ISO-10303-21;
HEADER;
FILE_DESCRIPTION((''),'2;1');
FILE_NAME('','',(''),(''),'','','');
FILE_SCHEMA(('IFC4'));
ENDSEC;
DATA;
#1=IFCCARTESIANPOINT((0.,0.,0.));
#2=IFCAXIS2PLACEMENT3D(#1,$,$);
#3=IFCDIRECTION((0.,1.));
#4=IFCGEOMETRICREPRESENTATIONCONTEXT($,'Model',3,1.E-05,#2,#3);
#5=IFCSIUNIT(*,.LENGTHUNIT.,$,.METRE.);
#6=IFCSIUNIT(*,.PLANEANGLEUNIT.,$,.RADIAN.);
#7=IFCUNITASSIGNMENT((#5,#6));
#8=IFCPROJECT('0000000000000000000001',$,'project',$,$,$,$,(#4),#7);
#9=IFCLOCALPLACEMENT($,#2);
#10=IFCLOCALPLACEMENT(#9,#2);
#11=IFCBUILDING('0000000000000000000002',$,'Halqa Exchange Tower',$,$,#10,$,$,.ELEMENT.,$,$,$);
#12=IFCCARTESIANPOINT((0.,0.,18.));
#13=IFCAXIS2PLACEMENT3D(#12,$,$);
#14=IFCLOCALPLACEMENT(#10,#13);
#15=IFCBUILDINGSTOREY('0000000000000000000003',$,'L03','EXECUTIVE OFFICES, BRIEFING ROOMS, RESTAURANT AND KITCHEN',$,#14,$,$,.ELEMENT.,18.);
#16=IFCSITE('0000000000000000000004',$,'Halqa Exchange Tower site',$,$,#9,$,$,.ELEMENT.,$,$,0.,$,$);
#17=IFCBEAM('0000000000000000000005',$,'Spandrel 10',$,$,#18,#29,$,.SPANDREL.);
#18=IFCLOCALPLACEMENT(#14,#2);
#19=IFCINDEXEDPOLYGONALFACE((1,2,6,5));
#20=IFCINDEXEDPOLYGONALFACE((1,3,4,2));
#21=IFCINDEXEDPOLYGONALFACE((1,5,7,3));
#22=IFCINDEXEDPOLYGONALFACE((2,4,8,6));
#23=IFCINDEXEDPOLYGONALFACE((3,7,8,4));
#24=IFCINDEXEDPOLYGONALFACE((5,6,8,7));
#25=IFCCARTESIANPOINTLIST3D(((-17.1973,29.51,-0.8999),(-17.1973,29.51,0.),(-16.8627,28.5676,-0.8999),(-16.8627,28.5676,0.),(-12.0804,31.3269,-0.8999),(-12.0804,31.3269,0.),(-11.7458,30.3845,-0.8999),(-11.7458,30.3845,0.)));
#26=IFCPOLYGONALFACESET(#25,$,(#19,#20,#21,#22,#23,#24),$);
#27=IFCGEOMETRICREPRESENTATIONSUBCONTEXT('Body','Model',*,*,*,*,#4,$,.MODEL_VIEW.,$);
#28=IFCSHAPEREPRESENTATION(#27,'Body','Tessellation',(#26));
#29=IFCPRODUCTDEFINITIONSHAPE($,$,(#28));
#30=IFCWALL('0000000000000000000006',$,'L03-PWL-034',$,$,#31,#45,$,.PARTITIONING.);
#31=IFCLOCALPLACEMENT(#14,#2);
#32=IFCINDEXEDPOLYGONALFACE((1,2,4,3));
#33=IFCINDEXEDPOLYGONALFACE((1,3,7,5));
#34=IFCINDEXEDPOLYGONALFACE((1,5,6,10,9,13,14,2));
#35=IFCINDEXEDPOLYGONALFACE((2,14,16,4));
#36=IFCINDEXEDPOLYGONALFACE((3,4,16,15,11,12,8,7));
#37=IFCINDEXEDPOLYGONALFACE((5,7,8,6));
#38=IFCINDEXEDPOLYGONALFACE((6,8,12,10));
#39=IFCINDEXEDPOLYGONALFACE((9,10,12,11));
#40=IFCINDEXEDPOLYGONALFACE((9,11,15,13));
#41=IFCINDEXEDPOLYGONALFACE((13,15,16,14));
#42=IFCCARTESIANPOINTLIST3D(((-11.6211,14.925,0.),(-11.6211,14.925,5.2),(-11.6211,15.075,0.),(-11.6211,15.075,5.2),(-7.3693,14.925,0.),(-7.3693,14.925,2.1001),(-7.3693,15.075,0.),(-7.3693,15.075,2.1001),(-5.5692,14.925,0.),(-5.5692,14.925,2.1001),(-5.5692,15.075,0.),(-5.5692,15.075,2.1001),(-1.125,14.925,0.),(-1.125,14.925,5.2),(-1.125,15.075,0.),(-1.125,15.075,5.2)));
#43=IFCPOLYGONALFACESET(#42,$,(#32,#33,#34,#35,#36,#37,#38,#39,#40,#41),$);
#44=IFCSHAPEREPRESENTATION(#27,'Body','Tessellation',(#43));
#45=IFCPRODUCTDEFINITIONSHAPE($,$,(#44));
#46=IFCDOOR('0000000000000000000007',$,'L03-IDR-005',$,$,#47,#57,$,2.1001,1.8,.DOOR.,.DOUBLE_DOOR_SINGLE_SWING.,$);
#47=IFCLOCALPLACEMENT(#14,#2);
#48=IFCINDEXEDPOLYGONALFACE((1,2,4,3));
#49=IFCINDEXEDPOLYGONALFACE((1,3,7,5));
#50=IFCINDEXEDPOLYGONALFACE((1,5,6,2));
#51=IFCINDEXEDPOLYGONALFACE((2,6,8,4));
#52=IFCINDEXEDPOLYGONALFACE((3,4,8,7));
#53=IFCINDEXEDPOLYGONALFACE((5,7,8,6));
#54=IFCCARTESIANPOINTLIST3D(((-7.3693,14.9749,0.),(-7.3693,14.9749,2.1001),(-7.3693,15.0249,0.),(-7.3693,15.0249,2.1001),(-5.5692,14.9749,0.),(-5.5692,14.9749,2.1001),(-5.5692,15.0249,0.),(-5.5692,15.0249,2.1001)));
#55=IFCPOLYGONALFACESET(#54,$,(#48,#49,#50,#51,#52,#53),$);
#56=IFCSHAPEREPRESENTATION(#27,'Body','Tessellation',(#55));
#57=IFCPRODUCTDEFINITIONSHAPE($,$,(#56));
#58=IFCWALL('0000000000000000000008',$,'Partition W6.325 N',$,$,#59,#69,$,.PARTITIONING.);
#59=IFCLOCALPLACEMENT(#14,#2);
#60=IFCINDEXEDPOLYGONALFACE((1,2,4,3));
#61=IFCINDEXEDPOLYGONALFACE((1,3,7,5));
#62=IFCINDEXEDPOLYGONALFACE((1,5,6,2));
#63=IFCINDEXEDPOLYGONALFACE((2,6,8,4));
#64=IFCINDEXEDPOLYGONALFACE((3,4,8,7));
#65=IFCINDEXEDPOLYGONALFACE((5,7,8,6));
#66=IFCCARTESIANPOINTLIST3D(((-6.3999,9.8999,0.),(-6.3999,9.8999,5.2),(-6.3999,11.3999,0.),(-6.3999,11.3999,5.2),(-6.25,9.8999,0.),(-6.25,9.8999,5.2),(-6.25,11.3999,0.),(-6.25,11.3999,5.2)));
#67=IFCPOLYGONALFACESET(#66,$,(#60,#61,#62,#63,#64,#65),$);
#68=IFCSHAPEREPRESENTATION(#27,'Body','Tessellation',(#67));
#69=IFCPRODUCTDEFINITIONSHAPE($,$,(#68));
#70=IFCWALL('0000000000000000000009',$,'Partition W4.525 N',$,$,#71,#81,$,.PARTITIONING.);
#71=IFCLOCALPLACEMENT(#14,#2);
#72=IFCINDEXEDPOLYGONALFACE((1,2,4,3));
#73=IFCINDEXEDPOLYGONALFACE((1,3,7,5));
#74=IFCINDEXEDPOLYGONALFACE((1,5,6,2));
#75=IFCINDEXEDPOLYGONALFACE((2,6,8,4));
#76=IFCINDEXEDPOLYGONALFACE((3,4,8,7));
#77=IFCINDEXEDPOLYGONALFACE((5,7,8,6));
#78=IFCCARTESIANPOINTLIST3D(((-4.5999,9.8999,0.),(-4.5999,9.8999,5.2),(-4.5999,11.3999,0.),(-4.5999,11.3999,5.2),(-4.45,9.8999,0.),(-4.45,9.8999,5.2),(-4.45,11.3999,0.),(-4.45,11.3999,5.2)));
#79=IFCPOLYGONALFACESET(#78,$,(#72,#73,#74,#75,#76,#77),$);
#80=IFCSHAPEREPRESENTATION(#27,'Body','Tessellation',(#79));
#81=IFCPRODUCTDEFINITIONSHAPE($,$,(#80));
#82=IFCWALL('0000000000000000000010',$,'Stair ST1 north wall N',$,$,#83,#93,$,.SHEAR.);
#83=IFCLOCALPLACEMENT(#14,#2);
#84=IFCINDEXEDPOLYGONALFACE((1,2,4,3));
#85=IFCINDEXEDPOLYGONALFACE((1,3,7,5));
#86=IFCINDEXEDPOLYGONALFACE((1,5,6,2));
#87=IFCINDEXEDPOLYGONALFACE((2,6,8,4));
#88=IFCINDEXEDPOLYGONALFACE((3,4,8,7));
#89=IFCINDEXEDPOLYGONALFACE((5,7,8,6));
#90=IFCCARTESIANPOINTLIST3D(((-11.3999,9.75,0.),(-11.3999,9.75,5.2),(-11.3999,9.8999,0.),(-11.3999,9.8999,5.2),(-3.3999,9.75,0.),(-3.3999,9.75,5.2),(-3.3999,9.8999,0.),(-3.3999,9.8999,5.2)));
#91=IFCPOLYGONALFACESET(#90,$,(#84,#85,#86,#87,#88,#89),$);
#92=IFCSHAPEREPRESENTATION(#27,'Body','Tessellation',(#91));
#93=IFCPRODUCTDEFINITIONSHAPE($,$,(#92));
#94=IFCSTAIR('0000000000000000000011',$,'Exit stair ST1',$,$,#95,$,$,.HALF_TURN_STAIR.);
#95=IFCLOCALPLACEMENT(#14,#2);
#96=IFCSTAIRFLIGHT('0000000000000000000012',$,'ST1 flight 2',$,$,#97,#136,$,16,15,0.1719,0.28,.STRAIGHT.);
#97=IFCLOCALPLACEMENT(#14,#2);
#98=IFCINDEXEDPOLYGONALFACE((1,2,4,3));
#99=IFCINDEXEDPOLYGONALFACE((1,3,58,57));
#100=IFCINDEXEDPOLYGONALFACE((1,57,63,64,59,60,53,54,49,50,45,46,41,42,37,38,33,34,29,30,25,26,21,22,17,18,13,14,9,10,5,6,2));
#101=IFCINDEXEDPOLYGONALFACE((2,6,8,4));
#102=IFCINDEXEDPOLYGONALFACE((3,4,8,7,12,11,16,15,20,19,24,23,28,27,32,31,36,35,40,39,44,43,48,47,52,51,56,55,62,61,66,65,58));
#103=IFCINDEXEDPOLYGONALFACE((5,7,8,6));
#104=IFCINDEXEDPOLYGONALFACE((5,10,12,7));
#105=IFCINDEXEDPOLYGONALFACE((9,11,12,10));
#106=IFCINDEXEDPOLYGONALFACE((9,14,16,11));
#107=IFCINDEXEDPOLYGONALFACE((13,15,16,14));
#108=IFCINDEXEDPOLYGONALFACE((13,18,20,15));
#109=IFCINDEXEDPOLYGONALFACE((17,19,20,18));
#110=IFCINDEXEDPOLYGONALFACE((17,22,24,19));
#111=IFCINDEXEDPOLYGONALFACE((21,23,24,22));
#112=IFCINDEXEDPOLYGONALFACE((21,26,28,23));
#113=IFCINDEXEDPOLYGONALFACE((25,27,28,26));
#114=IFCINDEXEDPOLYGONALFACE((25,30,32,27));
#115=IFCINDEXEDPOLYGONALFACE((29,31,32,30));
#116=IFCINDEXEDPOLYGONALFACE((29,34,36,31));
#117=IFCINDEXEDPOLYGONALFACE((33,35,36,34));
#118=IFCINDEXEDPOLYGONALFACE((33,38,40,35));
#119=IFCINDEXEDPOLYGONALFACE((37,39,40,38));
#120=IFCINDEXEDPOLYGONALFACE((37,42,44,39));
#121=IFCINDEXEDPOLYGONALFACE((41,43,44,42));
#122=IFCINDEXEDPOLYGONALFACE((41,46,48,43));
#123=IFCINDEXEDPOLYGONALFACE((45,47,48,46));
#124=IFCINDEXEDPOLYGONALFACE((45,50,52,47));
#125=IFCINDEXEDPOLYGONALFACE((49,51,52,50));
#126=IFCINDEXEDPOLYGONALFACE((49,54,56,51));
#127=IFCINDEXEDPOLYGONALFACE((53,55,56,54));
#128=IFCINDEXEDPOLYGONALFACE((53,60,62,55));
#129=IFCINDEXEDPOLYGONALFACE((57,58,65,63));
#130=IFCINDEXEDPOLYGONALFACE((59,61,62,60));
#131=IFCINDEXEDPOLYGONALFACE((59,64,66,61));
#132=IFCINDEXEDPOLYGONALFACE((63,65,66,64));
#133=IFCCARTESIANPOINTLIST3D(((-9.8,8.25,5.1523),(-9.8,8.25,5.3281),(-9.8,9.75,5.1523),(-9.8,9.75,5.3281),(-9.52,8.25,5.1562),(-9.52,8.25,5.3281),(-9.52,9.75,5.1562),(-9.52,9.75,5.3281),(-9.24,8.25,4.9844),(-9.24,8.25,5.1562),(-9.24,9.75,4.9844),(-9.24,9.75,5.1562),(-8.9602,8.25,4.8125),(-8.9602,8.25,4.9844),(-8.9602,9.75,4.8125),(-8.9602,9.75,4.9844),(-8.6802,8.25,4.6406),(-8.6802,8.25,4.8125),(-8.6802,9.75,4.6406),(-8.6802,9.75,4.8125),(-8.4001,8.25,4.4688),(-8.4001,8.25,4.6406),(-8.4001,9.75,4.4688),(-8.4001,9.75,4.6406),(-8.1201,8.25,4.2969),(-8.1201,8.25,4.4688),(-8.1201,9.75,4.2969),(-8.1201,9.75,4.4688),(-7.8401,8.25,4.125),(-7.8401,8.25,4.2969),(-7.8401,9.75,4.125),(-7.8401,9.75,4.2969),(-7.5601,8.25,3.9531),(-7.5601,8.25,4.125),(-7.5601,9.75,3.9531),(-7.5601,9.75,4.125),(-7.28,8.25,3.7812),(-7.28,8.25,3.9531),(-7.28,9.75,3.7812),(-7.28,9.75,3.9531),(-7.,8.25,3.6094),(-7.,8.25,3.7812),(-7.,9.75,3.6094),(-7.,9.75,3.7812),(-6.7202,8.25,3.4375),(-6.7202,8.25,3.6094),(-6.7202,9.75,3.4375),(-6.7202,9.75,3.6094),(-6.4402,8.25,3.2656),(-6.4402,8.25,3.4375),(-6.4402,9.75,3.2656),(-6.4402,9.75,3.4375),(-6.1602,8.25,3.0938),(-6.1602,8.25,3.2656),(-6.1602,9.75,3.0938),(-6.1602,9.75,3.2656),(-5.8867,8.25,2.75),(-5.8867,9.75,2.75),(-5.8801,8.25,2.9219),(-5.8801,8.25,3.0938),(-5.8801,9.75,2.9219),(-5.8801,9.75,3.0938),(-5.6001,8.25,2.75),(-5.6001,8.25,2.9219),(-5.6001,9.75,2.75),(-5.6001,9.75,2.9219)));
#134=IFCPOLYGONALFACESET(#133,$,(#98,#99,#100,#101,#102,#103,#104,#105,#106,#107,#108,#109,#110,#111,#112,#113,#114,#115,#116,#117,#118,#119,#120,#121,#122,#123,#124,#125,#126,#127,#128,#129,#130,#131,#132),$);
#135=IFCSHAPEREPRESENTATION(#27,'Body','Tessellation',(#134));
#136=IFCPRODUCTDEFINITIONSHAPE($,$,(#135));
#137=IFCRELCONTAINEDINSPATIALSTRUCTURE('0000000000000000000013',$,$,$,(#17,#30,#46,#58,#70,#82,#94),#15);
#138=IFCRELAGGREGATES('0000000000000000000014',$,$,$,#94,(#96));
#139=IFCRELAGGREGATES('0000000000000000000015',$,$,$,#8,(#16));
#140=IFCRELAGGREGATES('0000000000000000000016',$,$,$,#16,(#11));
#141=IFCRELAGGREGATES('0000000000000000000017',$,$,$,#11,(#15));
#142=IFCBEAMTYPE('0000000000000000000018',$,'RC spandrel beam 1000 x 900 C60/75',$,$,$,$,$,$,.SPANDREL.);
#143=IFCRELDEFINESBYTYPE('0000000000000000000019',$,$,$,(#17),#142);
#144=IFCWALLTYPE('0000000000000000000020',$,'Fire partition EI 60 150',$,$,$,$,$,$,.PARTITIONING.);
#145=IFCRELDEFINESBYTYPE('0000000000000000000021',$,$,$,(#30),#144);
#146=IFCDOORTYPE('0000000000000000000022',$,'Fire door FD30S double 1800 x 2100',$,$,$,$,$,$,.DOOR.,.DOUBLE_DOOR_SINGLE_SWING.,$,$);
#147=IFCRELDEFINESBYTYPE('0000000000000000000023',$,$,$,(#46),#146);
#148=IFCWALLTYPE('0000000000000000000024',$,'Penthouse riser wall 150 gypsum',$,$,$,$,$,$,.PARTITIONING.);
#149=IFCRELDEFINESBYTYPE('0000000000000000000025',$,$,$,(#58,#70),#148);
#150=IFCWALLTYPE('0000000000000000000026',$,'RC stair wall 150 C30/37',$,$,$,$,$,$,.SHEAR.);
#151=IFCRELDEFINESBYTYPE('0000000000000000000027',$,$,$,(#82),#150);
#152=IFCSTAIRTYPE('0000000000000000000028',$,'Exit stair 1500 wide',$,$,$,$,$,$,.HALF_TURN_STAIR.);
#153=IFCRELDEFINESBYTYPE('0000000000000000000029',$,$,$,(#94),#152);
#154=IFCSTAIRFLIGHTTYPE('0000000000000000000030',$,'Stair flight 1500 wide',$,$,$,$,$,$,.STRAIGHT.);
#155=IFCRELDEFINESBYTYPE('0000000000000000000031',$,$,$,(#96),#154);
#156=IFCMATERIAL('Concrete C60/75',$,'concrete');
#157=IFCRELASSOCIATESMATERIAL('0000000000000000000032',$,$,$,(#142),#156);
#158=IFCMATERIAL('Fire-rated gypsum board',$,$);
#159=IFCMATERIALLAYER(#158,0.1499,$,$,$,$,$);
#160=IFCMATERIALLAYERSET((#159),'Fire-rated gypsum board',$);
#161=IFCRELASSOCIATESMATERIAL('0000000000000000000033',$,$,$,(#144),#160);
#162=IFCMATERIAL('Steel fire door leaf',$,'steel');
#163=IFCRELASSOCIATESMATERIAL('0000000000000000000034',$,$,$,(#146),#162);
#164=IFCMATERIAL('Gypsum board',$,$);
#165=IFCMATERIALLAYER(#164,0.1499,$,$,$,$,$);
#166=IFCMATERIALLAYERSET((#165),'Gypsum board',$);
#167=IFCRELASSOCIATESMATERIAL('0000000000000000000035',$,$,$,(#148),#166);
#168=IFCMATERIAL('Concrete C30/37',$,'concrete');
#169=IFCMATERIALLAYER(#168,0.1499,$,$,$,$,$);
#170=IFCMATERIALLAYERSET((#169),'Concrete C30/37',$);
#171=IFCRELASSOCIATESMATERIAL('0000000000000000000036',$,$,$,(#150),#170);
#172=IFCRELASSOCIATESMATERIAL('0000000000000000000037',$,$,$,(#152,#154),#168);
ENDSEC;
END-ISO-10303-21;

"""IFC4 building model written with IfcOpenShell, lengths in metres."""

from ifc_helpers import new_model, si_unit, direction, frame, frame_2d, origin, origin_2d, place, context, subcontext, project, spatial, polyline, rectangle, outline, extrude, material, layer, layer_set, material_profile, profile_set, type_object, element, fill, aggregate, save


model = new_model("IFC4")

# Units and contexts
model_context = context("Model", 3, precision=1e-05, world=origin(), true_north=direction((0.0, 1.0)))
body_context = subcontext(model_context, "Body", "Model", "MODEL_VIEW")
ifc_project = project(units=[si_unit("LENGTHUNIT", "METRE"), si_unit("PLANEANGLEUNIT", "RADIAN")], contexts=[model_context])

# Site, building, storey
site_placement = place(None, origin())
site = spatial("IfcSite", under=ifc_project, at=site_placement, Name="Halqa Exchange Tower site", CompositionType="ELEMENT", RefElevation=0.0)
building_placement = place(site_placement, origin())
building = spatial("IfcBuilding", under=site, at=building_placement, Name="Halqa Exchange Tower", CompositionType="ELEMENT")
storey_placement = place(building_placement, frame((0.0, 0.0, 18.0)))
storey = spatial("IfcBuildingStorey", under=building, at=storey_placement, Name="L03", Description="EXECUTIVE OFFICES, BRIEFING ROOMS, RESTAURANT AND KITCHEN", CompositionType="ELEMENT", Elevation=18.0)

# Beam
ifc_material_1 = material(Name="Concrete C60/75", Category="concrete")
ifc_material_profile_1 = material_profile(ifc_material_1, rectangle(XDim=1.0, YDim=0.8999, at=origin_2d()), Name="1000 x 900")
ifc_profile_set_1 = profile_set([ifc_material_profile_1], Name="Concrete C60/75")
beam_type_1 = type_object("IfcBeamType", Name="RC spandrel beam 1000 x 900 C60/75", PredefinedType="SPANDREL", material=ifc_profile_set_1)
beam_1_placement = place(storey_placement, frame((-11.9131, 30.8557, -0.45), z_axis=(-0.942358, -0.334607, 0.0), x_axis=(0.334607, -0.942358, 0.0)))
element("IfcBeam", 1, at=beam_1_placement, inside=storey, type_object=beam_type_1, Name="Spandrel 10", PredefinedType="SPANDREL", context=body_context, shape_type="SweptSolid", body=[
    extrude(rectangle(XDim=1.0, YDim=0.8999, at=origin_2d()), origin(), (0.0, 0.0, 1.0), 5.4299),
])

# Wall, opening, door
ifc_material_2 = material(Name="Fire-rated gypsum board")
ifc_layer_1 = layer(ifc_material_2, 0.1499)
ifc_layer_set_1 = layer_set([ifc_layer_1], Name="Fire-rated gypsum board")
wall_type_1 = type_object("IfcWallType", Name="Fire partition EI 60 150", PredefinedType="PARTITIONING", material=ifc_layer_set_1)
wall_1_placement = place(storey_placement, frame((-11.6211, 15.0, 0.0), z_axis=(0.0, 0.0, 1.0), x_axis=(1.0, 0.0, 0.0)))
wall_1 = element("IfcWall", 2, at=wall_1_placement, inside=storey, type_object=wall_type_1, Name="L03-PWL-034", PredefinedType="PARTITIONING", context=body_context, shape_type="SweptSolid", body=[
    extrude(rectangle(XDim=10.4961, YDim=0.1499, at=frame_2d((5.248, 0.0))), origin(), (0.0, 0.0, 1.0), 5.2),
])
opening_placement = place(wall_1_placement, frame((4.252, 0.0, 0.0)))
opening = element("IfcOpeningElement", 3, at=opening_placement, cuts=wall_1, PredefinedType="OPENING", context=body_context, shape_type="SweptSolid", body=[
    extrude(rectangle(XDim=1.8, YDim=2.1001, at=frame_2d((0.8999, 1.05))), frame((0.0, 0.0869, 0.0), z_axis=(0.0, -1.0, 0.0), x_axis=(1.0, 0.0, 0.0)), (0.0, 0.0, 1.0), 0.1738),
])
ifc_material_3 = material(Name="Steel fire door leaf", Category="steel")
door_type = type_object("IfcDoorType", Name="Fire door FD30S double 1800 x 2100", OperationType="DOUBLE_DOOR_SINGLE_SWING", PredefinedType="DOOR", material=ifc_material_3)
door_placement = place(opening_placement, origin())
door = element("IfcDoor", 4, at=door_placement, inside=storey, type_object=door_type, Name="L03-IDR-005", OperationType="DOUBLE_DOOR_SINGLE_SWING", OverallHeight=2.1001, OverallWidth=1.8, PredefinedType="DOOR", context=body_context, shape_type="SweptSolid", body=[
    extrude(rectangle(XDim=1.8, YDim=2.1001, at=frame_2d((0.8999, 1.05))), frame((0.0, 0.0249, 0.0), z_axis=(0.0, -1.0, 0.0), x_axis=(1.0, 0.0, 0.0)), (0.0, 0.0, 1.0), 0.05),
])
fill(opening, door)

# Walls
ifc_material_4 = material(Name="Gypsum board")
ifc_layer_2 = layer(ifc_material_4, 0.1499)
ifc_layer_set_2 = layer_set([ifc_layer_2], Name="Gypsum board")
wall_type_2 = type_object("IfcWallType", Name="Penthouse riser wall 150 gypsum", PredefinedType="PARTITIONING", material=ifc_layer_set_2)
for number, where, z_axis, x_axis, name in (
    (5, (-6.325, 9.8999, 0.0), (0.0, 0.0, 1.0), (0.0, 1.0, 0.0), "Partition W6.325 N"),
    (6, (-4.5249, 9.8999, 0.0), (0.0, 0.0, 1.0), (0.0, 1.0, 0.0), "Partition W4.525 N"),
):
    element("IfcWall", number, at=place(storey_placement, frame(where, z_axis=z_axis, x_axis=x_axis)), inside=storey, type_object=wall_type_2, Name=name, PredefinedType="PARTITIONING", context=body_context, shape_type="SweptSolid", body=[
        extrude(rectangle(XDim=1.5, YDim=0.1499, at=frame_2d((0.75, 0.0))), origin(), (0.0, 0.0, 1.0), 5.2),
    ])
ifc_material_5 = material(Name="Concrete C30/37", Category="concrete")
ifc_layer_3 = layer(ifc_material_5, 0.1499)
ifc_layer_set_3 = layer_set([ifc_layer_3], Name="Concrete C30/37")
wall_type_3 = type_object("IfcWallType", Name="RC stair wall 150 C30/37", PredefinedType="SHEAR", material=ifc_layer_set_3)
wall_2_placement = place(storey_placement, frame((-11.3999, 9.825, 0.0), z_axis=(0.0, 0.0, 1.0), x_axis=(1.0, 0.0, 0.0)))
element("IfcWall", 7, at=wall_2_placement, inside=storey, type_object=wall_type_3, Name="Stair ST1 north wall N", PredefinedType="SHEAR", context=body_context, shape_type="SweptSolid", body=[
    extrude(rectangle(XDim=8.0, YDim=0.1499, at=frame_2d((4.0, 0.0))), origin(), (0.0, 0.0, 1.0), 5.2),
])

# Stair, stair flight
stair_type = type_object("IfcStairType", Name="Exit stair 1500 wide", PredefinedType="HALF_TURN_STAIR", material=ifc_material_5)
stair_placement = place(storey_placement, origin())
stair = element("IfcStair", 8, at=stair_placement, inside=storey, type_object=stair_type, Name="Exit stair ST1", PredefinedType="HALF_TURN_STAIR")
stair_flight_type = type_object("IfcStairFlightType", Name="Stair flight 1500 wide", PredefinedType="STRAIGHT", material=ifc_material_5)
stair_flight_placement = place(storey_placement, frame((-5.6001, 9.0, 2.75), z_axis=(0.0, 0.0, 1.0), x_axis=(-1.0, 0.0, 0.0)))
stair_flight = element("IfcStairFlight", 9, at=stair_flight_placement, type_object=stair_flight_type, Name="ST1 flight 2", NumberOfRisers=16, NumberOfTreads=15, PredefinedType="STRAIGHT", RiserHeight=0.1719, TreadLength=0.28, context=body_context, shape_type="SweptSolid", body=[
    extrude(outline(polyline([(0.0, 0.0), (0.0, 0.1719), (0.28, 0.1719), (0.28, 0.3438), (0.5601, 0.3438), (0.5601, 0.5156), (0.8401, 0.5156), (0.8401, 0.6875), (1.1201, 0.6875), (1.1201, 0.8594), (1.3999, 0.8594), (1.3999, 1.0312), (1.6799, 1.0312), (1.6799, 1.2031), (1.96, 1.2031), (1.96, 1.375), (2.24, 1.375), (2.24, 1.5469), (2.52, 1.5469), (2.52, 1.7188), (2.8, 1.7188), (2.8, 1.8906), (3.0801, 1.8906), (3.0801, 2.0625), (3.3601, 2.0625), (3.3601, 2.2344), (3.6399, 2.2344), (3.6399, 2.4062), (3.9199, 2.4062), (3.9199, 2.5781), (4.2, 2.5781), (4.2, 2.75), (4.2, 2.4023), (0.2866, 0.0), (0.0, 0.0)])), frame((0.0, 0.75, 0.0), z_axis=(0.0, -1.0, 0.0), x_axis=(1.0, 0.0, 0.0)), (0.0, 0.0, 1.0), 1.5),
])
aggregate(stair, [stair_flight])

save(model, "model.ifc")
